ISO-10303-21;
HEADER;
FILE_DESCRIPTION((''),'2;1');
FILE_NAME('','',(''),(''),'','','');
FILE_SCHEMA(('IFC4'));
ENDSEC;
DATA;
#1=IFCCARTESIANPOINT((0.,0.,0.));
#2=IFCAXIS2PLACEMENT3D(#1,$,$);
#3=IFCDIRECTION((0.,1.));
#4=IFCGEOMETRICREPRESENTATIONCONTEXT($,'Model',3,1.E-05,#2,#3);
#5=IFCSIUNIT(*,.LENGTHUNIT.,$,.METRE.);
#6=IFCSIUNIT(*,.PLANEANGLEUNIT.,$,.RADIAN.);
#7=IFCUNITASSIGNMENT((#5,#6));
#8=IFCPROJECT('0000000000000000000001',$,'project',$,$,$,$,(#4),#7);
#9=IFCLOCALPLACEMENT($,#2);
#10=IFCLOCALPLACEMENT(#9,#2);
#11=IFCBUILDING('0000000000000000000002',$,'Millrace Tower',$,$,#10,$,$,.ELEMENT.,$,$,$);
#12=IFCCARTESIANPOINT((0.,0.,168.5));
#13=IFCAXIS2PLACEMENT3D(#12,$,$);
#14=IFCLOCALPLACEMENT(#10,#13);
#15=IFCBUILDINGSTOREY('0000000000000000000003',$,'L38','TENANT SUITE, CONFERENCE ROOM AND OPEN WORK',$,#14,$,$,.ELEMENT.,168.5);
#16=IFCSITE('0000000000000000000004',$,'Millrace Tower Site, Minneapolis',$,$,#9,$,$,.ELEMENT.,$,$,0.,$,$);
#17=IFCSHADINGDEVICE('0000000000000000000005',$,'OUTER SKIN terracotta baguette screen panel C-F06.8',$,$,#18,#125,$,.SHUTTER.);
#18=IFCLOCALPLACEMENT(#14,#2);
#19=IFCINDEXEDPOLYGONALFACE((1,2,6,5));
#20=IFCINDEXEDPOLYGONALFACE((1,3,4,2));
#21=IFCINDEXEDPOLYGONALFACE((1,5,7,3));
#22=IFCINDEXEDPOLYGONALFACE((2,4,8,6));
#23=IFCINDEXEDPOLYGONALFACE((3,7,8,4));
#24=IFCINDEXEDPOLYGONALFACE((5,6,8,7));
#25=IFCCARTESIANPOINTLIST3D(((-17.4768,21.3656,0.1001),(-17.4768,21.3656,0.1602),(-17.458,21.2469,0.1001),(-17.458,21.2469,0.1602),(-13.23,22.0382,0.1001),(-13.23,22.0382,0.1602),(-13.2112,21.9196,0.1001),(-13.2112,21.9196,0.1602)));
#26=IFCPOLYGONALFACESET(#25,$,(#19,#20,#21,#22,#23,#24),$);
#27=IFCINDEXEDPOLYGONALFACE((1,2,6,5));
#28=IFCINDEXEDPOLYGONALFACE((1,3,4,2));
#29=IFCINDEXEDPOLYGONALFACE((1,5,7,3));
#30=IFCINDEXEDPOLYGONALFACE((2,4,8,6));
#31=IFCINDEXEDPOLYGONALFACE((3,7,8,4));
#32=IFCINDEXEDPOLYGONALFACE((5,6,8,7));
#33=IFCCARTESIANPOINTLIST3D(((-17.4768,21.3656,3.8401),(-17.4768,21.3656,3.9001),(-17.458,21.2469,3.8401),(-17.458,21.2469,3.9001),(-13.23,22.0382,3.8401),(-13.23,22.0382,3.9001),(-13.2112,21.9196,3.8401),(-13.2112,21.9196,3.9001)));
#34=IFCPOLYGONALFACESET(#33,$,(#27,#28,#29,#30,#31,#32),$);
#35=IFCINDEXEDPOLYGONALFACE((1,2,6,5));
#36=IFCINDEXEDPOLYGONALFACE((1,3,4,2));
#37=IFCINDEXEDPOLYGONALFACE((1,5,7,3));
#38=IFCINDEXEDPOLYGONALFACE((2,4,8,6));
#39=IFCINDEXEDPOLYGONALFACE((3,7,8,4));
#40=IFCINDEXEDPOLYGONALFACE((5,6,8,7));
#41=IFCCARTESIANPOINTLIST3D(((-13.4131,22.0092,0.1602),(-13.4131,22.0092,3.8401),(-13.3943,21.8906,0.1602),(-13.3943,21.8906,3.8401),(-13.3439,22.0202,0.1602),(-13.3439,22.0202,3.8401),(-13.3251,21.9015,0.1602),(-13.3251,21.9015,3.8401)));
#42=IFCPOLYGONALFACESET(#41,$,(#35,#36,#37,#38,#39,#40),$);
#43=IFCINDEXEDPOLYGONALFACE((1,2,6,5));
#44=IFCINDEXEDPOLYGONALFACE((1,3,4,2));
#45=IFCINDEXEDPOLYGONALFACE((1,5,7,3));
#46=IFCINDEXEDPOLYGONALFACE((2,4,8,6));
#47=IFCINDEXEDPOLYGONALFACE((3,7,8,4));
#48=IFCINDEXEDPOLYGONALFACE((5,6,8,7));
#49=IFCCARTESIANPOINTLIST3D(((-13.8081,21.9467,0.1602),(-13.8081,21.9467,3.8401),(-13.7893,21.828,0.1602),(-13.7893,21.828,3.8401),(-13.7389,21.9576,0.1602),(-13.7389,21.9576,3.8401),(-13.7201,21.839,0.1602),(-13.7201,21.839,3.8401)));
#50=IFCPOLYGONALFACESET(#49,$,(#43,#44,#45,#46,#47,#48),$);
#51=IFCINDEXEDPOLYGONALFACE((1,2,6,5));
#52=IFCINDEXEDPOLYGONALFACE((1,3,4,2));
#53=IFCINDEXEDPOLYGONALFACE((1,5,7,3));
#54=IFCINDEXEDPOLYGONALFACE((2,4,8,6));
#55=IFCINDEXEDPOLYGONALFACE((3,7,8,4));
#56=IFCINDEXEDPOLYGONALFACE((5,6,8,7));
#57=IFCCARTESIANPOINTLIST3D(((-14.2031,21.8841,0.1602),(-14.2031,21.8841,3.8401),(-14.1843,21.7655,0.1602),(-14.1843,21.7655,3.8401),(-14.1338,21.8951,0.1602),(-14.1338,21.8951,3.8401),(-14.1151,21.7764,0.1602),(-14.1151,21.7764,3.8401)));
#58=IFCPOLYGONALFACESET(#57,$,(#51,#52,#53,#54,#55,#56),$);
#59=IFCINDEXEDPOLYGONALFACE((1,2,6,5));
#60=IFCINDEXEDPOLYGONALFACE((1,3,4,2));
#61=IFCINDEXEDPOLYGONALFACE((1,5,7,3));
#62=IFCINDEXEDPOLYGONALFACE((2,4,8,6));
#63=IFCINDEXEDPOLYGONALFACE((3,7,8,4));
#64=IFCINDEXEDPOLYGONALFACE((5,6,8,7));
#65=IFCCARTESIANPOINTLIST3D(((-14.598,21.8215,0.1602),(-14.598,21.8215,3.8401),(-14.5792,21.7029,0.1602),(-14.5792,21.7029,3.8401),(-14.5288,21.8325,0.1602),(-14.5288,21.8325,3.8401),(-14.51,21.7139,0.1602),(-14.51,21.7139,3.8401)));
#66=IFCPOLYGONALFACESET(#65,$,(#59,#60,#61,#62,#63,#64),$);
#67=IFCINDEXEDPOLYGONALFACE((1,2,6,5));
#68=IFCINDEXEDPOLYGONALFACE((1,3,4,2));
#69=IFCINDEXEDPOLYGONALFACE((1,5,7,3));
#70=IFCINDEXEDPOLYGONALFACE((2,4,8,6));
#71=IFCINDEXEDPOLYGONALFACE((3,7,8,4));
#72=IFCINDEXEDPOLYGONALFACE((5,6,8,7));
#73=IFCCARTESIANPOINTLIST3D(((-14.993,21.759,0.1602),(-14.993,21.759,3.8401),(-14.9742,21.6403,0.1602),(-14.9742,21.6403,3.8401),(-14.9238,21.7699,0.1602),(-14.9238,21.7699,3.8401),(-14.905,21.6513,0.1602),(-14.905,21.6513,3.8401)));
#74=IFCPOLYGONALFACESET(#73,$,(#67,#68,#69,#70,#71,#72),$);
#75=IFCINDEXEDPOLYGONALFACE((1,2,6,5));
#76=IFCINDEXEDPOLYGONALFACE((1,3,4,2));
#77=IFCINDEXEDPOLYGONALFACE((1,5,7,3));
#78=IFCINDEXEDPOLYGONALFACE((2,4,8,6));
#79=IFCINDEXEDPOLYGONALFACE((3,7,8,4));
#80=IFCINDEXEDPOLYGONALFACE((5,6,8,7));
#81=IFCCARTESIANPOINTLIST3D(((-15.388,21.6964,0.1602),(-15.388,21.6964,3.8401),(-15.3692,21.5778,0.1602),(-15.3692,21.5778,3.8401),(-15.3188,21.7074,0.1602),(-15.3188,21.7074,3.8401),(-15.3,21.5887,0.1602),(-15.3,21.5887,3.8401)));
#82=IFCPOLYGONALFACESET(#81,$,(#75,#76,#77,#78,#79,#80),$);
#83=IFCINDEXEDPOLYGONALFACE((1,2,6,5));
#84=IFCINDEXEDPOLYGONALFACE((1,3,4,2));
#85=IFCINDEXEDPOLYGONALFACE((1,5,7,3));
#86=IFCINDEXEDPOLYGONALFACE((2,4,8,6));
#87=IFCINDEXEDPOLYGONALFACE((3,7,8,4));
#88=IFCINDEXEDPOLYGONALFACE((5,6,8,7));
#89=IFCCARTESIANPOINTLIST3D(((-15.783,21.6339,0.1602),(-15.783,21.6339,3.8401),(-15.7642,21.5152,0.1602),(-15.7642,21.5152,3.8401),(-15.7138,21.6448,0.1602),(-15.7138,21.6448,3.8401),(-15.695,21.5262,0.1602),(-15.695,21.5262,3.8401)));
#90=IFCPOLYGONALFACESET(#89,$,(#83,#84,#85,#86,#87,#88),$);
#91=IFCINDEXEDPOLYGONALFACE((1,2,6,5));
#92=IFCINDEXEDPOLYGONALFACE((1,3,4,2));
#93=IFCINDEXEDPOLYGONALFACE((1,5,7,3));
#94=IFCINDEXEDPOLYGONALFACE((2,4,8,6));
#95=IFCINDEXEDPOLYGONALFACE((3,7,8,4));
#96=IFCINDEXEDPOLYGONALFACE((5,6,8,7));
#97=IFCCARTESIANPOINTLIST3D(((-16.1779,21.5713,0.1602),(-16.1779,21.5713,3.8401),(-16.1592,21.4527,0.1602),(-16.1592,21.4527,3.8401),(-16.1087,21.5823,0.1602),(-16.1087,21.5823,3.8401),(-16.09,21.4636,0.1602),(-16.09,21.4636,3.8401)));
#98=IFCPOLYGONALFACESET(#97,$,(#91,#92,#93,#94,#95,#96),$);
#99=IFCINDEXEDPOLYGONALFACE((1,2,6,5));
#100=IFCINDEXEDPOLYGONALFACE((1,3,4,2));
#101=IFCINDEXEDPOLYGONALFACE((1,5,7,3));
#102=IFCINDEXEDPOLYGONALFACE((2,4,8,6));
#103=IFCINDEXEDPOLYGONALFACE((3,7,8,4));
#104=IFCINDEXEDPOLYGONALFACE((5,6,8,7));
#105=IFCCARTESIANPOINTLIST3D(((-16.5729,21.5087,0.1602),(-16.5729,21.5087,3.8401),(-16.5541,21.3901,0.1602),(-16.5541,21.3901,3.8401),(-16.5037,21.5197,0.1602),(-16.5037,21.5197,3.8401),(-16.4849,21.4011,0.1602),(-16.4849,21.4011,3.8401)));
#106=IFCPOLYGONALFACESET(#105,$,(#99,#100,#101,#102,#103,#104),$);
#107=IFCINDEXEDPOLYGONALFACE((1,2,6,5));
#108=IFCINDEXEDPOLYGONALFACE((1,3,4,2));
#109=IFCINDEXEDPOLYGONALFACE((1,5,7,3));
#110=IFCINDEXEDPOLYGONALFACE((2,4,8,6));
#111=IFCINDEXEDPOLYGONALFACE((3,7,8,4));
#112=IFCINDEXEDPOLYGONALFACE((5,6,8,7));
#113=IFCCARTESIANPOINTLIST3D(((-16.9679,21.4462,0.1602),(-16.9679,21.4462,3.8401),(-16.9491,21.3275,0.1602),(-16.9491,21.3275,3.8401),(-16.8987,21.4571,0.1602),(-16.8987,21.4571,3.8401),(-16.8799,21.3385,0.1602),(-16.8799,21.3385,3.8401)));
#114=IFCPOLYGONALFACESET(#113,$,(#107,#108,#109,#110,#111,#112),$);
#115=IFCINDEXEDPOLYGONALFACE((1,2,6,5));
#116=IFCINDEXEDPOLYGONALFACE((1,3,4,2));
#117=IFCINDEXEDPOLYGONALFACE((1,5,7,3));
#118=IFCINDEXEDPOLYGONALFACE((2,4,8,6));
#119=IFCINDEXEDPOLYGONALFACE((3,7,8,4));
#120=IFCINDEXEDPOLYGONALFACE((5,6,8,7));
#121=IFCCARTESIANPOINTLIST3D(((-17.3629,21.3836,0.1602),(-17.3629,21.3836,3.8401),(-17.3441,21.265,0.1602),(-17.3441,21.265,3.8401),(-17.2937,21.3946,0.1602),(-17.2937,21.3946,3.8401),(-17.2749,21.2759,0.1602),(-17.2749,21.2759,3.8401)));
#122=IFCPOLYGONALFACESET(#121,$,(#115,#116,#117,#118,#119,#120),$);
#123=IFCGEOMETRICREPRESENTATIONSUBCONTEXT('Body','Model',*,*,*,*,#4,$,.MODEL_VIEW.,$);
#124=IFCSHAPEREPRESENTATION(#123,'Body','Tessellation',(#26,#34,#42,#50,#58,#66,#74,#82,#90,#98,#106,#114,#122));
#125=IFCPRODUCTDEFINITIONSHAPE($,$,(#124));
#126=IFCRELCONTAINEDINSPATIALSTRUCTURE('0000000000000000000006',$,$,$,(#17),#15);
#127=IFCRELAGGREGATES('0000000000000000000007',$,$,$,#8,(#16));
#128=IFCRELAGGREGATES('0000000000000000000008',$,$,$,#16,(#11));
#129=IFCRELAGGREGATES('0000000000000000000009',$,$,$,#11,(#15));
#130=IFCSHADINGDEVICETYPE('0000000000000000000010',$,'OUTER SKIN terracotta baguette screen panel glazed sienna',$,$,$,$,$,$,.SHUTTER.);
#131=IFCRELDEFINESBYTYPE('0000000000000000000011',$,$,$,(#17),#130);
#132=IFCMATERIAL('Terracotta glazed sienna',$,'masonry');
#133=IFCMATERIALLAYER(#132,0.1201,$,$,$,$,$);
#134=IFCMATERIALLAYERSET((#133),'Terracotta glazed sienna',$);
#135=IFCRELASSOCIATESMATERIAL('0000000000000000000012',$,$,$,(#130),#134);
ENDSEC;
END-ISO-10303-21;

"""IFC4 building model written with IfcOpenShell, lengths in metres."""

from ifc_helpers import new_model, entity, si_unit, direction, frame, frame_2d, origin, origin_2d, place, context, subcontext, project, spatial, rectangle, extrude, source, transform, mapped, material, layer, layer_set, type_object, element, save


model = new_model("IFC4")

# Units and contexts
model_context = context("Model", 3, precision=1e-05, world=origin(), true_north=direction((0.0, 1.0)))
body_context = subcontext(model_context, "Body", "Model", "MODEL_VIEW")
ifc_project = project(units=[si_unit("LENGTHUNIT", "METRE"), si_unit("PLANEANGLEUNIT", "RADIAN")], contexts=[model_context])

# Site, building, storey
site_placement = place(None, origin())
site = spatial("IfcSite", under=ifc_project, at=site_placement, Name="Millrace Tower Site, Minneapolis", CompositionType="ELEMENT", RefElevation=0.0)
building_placement = place(site_placement, origin())
building = spatial("IfcBuilding", under=site, at=building_placement, Name="Millrace Tower", CompositionType="ELEMENT")
storey_placement = place(building_placement, frame((0.0, 0.0, 168.5)))
storey = spatial("IfcBuildingStorey", under=building, at=storey_placement, Name="L38", Description="TENANT SUITE, CONFERENCE ROOM AND OPEN WORK", CompositionType="ELEMENT", Elevation=168.5)

# Shading device
ifc_material_1 = material(Name="Terracotta glazed sienna", Category="masonry")
ifc_layer_1 = layer(ifc_material_1, 0.1201)
ifc_layer_set_1 = layer_set([ifc_layer_1], Name="Terracotta glazed sienna")
shading_device_type = type_object("IfcShadingDeviceType", Name="OUTER SKIN terracotta baguette screen panel glazed sienna", PredefinedType="SHUTTER", material=ifc_layer_set_1)
cartesian_point_1 = entity("IfcCartesianPoint", [-2.1499, 0.0601])
shared_polyline_1 = entity("IfcPolyline", [cartesian_point_1, entity("IfcCartesianPoint", [2.1499, 0.0601]), entity("IfcCartesianPoint", [2.1499, -0.0601]), entity("IfcCartesianPoint", [-2.1499, -0.0601]), cartesian_point_1])
shared_shape_1 = source(origin(), body_context, "Body", "SweptSolid", [
    entity("IfcExtrudedAreaSolid", entity("IfcArbitraryClosedProfileDef", "AREA", None, shared_polyline_1), entity("IfcAxis2Placement3D", entity("IfcCartesianPoint", [0.0, 0.0, 0.0])), entity("IfcDirection", [0.0, 0.0, 1.0]), 0.0601),
    entity("IfcExtrudedAreaSolid", entity("IfcArbitraryClosedProfileDef", "AREA", None, shared_polyline_1), entity("IfcAxis2Placement3D", entity("IfcCartesianPoint", [0.0, 0.0, 3.74])), entity("IfcDirection", [0.0, 0.0, 1.0]), 0.0601),
    extrude(rectangle(XDim=0.0701, YDim=0.1201, at=frame_2d((-1.9995, 0.0))), frame((0.0, 0.0, 0.0601)), (0.0, 0.0, 1.0), 3.6799),
    extrude(rectangle(XDim=0.0701, YDim=0.1201, at=frame_2d((-1.5996, 0.0))), frame((0.0, 0.0, 0.0601)), (0.0, 0.0, 1.0), 3.6799),
    extrude(rectangle(XDim=0.0701, YDim=0.1201, at=frame_2d((-1.1997, 0.0))), frame((0.0, 0.0, 0.0601)), (0.0, 0.0, 1.0), 3.6799),
    extrude(rectangle(XDim=0.0701, YDim=0.1201, at=frame_2d((-0.7998, 0.0))), frame((0.0, 0.0, 0.0601)), (0.0, 0.0, 1.0), 3.6799),
    extrude(rectangle(XDim=0.0701, YDim=0.1201, at=frame_2d((-0.3999, 0.0))), frame((0.0, 0.0, 0.0601)), (0.0, 0.0, 1.0), 3.6799),
    extrude(rectangle(XDim=0.0701, YDim=0.1201, at=origin_2d()), frame((0.0, 0.0, 0.0601)), (0.0, 0.0, 1.0), 3.6799),
    extrude(rectangle(XDim=0.0701, YDim=0.1201, at=frame_2d((0.3999, 0.0))), frame((0.0, 0.0, 0.0601)), (0.0, 0.0, 1.0), 3.6799),
    extrude(rectangle(XDim=0.0701, YDim=0.1201, at=frame_2d((0.7998, 0.0))), frame((0.0, 0.0, 0.0601)), (0.0, 0.0, 1.0), 3.6799),
    extrude(rectangle(XDim=0.0701, YDim=0.1201, at=frame_2d((1.1997, 0.0))), frame((0.0, 0.0, 0.0601)), (0.0, 0.0, 1.0), 3.6799),
    extrude(rectangle(XDim=0.0701, YDim=0.1201, at=frame_2d((1.5996, 0.0))), frame((0.0, 0.0, 0.0601)), (0.0, 0.0, 1.0), 3.6799),
    extrude(rectangle(XDim=0.0701, YDim=0.1201, at=frame_2d((1.9995, 0.0))), frame((0.0, 0.0, 0.0601)), (0.0, 0.0, 1.0), 3.6799),
])
shading_device_1_placement = place(storey_placement, frame((-15.344, 21.6426, 0.1001), z_axis=(0.0, 0.0, 1.0), x_axis=(-0.987688, -0.156434, 0.0)))
element("IfcShadingDevice", 1, at=shading_device_1_placement, inside=storey, type_object=shading_device_type, Name="OUTER SKIN terracotta baguette screen panel C-F06.8", PredefinedType="SHUTTER", context=body_context, shape_type="MappedRepresentation", body=[
    mapped(shared_shape_1, transform((0.0, 0.0, 0.0), scale=1.0)),
])

save(model, "model.ifc")
